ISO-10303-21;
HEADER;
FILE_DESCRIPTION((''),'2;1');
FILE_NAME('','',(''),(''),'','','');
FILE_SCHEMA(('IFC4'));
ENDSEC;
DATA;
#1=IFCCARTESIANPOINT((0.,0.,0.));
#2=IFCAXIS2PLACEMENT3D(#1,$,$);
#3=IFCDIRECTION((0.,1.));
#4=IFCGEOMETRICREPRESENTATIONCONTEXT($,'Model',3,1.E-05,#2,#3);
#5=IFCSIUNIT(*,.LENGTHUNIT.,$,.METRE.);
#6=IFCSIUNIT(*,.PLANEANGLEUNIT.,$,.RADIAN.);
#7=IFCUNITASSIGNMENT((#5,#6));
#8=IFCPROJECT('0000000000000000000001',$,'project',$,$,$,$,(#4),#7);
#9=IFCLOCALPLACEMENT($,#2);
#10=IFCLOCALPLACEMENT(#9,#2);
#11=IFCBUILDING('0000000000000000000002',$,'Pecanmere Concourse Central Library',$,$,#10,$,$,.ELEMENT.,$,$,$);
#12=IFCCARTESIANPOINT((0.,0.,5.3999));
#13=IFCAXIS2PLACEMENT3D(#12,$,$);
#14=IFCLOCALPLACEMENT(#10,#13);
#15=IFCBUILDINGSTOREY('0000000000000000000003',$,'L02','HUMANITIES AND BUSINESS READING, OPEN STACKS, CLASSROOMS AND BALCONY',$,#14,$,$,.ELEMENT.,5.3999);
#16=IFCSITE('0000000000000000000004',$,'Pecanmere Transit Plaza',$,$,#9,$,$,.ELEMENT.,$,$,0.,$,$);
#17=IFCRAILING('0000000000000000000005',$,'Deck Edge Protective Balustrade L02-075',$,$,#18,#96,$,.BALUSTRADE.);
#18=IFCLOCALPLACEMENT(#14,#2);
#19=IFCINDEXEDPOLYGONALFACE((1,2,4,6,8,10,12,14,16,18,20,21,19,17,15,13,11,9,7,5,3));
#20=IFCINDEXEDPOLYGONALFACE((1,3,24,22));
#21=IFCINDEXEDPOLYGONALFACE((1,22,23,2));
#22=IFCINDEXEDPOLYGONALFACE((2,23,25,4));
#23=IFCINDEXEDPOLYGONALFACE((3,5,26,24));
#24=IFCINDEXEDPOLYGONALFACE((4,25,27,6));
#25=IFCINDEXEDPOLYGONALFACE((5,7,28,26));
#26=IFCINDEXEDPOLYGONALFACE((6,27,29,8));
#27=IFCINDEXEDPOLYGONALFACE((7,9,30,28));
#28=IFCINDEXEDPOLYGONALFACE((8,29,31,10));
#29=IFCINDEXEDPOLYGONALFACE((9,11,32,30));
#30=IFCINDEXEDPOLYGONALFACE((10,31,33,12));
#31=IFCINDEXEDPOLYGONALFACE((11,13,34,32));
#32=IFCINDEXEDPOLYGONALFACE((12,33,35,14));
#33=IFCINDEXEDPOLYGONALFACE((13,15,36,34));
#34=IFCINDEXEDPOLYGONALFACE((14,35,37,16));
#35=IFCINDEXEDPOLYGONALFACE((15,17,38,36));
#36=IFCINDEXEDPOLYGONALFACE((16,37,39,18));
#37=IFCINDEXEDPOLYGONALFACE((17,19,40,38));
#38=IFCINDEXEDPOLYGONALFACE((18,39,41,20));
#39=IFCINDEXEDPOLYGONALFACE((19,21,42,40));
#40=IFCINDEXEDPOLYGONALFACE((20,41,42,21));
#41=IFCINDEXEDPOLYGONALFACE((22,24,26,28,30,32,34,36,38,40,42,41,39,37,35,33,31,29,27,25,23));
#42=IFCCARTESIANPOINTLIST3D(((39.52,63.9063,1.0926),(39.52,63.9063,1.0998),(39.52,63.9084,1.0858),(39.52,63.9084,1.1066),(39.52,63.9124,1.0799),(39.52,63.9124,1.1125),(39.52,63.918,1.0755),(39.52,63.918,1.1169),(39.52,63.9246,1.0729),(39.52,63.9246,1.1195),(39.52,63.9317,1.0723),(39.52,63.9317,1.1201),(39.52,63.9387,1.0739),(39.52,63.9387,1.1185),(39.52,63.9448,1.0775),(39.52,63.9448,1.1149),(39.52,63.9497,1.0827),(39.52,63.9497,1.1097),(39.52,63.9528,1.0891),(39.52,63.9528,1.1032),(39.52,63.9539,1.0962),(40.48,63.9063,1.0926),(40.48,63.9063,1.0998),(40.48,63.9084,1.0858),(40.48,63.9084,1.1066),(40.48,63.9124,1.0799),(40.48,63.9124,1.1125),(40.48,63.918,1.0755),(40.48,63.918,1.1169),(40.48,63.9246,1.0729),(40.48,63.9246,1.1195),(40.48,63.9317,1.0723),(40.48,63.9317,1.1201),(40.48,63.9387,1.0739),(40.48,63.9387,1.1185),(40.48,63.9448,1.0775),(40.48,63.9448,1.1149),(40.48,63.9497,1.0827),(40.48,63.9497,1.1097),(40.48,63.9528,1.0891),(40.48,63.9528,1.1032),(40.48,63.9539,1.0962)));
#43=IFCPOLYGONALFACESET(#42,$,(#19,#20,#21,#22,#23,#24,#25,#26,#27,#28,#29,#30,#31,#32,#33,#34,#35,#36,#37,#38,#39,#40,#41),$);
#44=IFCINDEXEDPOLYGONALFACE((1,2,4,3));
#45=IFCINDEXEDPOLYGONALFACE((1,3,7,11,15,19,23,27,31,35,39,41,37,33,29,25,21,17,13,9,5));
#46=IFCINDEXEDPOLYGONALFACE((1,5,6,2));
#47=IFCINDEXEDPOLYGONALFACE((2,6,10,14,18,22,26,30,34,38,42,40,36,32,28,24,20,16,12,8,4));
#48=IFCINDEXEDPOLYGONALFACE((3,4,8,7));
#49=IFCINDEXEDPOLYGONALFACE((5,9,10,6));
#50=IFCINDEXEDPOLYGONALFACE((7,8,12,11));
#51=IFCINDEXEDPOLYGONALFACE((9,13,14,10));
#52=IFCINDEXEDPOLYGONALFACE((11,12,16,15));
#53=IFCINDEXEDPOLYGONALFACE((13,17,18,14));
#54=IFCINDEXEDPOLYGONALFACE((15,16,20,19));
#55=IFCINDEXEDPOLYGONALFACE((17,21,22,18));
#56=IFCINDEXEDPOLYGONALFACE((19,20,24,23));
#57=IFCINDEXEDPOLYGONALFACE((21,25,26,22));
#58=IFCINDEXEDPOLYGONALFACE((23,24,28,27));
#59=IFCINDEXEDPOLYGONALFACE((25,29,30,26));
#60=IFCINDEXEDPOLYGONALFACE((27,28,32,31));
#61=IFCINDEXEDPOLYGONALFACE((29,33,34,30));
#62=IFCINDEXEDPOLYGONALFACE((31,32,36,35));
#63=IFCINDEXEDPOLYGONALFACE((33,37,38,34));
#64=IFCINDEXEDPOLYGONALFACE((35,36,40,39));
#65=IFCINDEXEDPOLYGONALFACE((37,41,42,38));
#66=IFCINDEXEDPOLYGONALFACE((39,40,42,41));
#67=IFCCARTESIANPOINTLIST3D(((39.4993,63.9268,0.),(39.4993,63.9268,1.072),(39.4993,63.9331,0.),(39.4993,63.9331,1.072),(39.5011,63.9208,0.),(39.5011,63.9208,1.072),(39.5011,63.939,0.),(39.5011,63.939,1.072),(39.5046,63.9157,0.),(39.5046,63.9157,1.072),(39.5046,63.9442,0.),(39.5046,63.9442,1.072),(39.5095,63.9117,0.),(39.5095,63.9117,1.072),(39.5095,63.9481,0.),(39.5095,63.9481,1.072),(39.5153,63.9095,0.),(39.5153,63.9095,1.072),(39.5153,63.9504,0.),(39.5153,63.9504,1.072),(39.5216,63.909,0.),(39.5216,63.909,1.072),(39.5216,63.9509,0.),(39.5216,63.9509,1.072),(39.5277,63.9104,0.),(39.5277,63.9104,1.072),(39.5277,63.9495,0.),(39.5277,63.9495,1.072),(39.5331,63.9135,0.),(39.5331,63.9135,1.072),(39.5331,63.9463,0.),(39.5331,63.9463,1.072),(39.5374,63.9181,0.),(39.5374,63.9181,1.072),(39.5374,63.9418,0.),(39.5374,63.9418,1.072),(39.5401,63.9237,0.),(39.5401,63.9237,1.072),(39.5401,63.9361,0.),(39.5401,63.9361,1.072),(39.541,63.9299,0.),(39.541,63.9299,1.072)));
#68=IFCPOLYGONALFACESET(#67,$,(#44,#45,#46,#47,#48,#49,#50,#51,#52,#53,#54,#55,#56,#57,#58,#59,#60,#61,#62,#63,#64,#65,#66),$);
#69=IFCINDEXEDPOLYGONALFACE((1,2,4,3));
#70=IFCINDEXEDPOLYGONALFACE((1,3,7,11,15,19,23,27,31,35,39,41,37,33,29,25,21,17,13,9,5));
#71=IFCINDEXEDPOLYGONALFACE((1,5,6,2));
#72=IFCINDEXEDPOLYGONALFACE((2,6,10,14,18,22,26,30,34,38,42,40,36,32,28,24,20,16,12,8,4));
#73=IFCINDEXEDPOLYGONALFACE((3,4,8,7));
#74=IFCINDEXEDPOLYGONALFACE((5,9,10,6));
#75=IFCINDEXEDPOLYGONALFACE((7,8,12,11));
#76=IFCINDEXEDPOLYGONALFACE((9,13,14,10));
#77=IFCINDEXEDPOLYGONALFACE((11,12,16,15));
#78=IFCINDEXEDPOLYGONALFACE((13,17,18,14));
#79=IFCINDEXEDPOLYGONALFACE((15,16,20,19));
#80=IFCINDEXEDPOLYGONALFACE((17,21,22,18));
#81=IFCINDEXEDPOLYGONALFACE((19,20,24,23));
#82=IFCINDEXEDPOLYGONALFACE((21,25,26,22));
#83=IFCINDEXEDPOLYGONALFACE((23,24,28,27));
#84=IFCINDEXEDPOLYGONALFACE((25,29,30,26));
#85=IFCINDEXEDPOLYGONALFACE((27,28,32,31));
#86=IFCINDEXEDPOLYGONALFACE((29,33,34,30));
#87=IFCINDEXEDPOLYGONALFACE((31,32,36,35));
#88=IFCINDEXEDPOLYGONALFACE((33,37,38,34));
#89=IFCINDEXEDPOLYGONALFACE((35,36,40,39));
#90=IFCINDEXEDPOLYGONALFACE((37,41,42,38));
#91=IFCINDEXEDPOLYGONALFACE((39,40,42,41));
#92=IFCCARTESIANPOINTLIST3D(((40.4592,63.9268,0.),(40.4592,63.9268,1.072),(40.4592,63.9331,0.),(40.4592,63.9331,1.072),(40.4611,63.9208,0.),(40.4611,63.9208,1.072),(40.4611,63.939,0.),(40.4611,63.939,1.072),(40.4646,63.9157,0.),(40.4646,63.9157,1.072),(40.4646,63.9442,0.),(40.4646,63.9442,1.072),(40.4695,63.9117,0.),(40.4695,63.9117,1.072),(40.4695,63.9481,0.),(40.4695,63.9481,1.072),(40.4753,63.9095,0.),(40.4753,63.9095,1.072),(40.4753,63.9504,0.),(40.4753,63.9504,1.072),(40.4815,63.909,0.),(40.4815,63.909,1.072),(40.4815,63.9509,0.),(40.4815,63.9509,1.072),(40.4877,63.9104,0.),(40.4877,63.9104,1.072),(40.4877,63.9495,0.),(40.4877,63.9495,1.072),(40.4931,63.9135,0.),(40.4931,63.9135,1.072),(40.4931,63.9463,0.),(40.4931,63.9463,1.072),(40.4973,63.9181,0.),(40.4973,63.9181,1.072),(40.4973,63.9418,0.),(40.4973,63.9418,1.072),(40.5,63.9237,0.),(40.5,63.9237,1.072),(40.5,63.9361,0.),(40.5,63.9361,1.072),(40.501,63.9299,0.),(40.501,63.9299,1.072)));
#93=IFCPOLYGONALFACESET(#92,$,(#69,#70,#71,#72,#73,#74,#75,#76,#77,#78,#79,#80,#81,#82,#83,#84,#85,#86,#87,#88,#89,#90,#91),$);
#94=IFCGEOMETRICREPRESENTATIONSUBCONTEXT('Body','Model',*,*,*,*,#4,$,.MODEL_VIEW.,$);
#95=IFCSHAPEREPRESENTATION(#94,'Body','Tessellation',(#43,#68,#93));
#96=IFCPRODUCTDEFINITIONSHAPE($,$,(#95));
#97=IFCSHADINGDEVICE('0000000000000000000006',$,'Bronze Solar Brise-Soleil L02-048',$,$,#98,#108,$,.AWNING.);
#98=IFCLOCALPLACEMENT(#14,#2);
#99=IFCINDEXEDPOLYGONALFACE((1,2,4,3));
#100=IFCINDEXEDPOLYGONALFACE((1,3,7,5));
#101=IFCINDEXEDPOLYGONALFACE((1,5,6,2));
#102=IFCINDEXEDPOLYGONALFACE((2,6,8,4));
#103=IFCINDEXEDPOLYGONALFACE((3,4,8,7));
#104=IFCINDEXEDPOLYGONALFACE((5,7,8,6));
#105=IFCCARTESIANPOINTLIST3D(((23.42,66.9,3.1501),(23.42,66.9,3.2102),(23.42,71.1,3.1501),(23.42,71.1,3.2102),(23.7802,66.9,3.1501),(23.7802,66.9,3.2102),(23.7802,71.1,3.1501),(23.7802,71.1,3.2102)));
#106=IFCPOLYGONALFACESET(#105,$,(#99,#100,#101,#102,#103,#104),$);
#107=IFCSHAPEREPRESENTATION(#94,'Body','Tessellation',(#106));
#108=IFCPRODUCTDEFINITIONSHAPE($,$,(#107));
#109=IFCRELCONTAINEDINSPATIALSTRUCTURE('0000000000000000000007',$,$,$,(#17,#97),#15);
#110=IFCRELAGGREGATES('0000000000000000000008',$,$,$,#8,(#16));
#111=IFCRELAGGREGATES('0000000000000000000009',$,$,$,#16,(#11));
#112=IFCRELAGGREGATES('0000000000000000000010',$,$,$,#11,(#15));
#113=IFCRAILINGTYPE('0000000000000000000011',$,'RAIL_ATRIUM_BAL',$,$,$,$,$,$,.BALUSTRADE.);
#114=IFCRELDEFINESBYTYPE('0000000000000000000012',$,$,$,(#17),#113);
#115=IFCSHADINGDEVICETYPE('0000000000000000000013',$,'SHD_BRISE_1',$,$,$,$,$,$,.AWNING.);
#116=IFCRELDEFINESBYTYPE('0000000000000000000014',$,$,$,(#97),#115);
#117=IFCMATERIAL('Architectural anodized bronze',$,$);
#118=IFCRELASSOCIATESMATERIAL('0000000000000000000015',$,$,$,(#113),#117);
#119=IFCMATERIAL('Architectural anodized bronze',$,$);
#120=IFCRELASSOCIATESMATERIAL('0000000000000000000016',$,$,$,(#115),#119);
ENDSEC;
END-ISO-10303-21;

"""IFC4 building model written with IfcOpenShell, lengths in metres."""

from ifc_helpers import new_model, si_unit, direction, frame, origin, origin_2d, place, context, subcontext, project, spatial, rectangle, circle, extrude, material, type_object, element, save


model = new_model("IFC4")

# Units and contexts
model_context = context("Model", 3, precision=1e-05, world=origin(), true_north=direction((0.0, 1.0)))
body_context = subcontext(model_context, "Body", "Model", "MODEL_VIEW")
ifc_project = project(units=[si_unit("LENGTHUNIT", "METRE"), si_unit("PLANEANGLEUNIT", "RADIAN")], contexts=[model_context])

# Site, building, storey
site_placement = place(None, origin())
site = spatial("IfcSite", under=ifc_project, at=site_placement, Name="Pecanmere Transit Plaza", CompositionType="ELEMENT", RefElevation=0.0)
building_placement = place(site_placement, origin())
building = spatial("IfcBuilding", under=site, at=building_placement, Name="Pecanmere Concourse Central Library", CompositionType="ELEMENT")
storey_placement = place(building_placement, frame((0.0, 0.0, 5.3999)))
storey = spatial("IfcBuildingStorey", under=building, at=storey_placement, Name="L02", Description="HUMANITIES AND BUSINESS READING, OPEN STACKS, CLASSROOMS AND BALCONY", CompositionType="ELEMENT", Elevation=5.3999)

# Railing
ifc_material_1 = material(Name="Architectural anodized bronze")
railing_type = type_object("IfcRailingType", Name="RAIL_ATRIUM_BAL", PredefinedType="BALUSTRADE", material=ifc_material_1)
railing_1_placement = place(storey_placement, frame((39.52, 63.9299, 0.0)))
element("IfcRailing", 1, at=railing_1_placement, inside=storey, type_object=railing_type, Name="Deck Edge Protective Balustrade L02-075", PredefinedType="BALUSTRADE", context=body_context, shape_type="SweptSolid", body=[
    extrude(circle(Radius=0.0239, at=origin_2d()), frame((0.0, 0.0, 1.0962), z_axis=(1.0, 0.0, 0.0), x_axis=(0.0, 1.0, 0.0)), (0.0, 0.0, 1.0), 0.96),
    extrude(circle(Radius=0.021, at=origin_2d()), origin(), (0.0, 0.0, 1.0), 1.072),
    extrude(circle(Radius=0.021, at=origin_2d()), frame((0.96, 0.0, 0.0)), (0.0, 0.0, 1.0), 1.072),
])

# Shading device
ifc_material_2 = material(Name="Architectural anodized bronze")
shading_device_type = type_object("IfcShadingDeviceType", Name="SHD_BRISE_1", PredefinedType="AWNING", material=ifc_material_2)
shading_device_placement = place(storey_placement, frame((23.6001, 69.0, 3.1501), z_axis=(0.0, 0.0, 1.0), x_axis=(0.0, -1.0, 0.0)))
element("IfcShadingDevice", 2, at=shading_device_placement, inside=storey, type_object=shading_device_type, Name="Bronze Solar Brise-Soleil L02-048", PredefinedType="AWNING", context=body_context, shape_type="SweptSolid", body=[
    extrude(rectangle(XDim=4.2, YDim=0.3601, at=origin_2d()), origin(), (0.0, 0.0, 1.0), 0.0601),
])

save(model, "model.ifc")
